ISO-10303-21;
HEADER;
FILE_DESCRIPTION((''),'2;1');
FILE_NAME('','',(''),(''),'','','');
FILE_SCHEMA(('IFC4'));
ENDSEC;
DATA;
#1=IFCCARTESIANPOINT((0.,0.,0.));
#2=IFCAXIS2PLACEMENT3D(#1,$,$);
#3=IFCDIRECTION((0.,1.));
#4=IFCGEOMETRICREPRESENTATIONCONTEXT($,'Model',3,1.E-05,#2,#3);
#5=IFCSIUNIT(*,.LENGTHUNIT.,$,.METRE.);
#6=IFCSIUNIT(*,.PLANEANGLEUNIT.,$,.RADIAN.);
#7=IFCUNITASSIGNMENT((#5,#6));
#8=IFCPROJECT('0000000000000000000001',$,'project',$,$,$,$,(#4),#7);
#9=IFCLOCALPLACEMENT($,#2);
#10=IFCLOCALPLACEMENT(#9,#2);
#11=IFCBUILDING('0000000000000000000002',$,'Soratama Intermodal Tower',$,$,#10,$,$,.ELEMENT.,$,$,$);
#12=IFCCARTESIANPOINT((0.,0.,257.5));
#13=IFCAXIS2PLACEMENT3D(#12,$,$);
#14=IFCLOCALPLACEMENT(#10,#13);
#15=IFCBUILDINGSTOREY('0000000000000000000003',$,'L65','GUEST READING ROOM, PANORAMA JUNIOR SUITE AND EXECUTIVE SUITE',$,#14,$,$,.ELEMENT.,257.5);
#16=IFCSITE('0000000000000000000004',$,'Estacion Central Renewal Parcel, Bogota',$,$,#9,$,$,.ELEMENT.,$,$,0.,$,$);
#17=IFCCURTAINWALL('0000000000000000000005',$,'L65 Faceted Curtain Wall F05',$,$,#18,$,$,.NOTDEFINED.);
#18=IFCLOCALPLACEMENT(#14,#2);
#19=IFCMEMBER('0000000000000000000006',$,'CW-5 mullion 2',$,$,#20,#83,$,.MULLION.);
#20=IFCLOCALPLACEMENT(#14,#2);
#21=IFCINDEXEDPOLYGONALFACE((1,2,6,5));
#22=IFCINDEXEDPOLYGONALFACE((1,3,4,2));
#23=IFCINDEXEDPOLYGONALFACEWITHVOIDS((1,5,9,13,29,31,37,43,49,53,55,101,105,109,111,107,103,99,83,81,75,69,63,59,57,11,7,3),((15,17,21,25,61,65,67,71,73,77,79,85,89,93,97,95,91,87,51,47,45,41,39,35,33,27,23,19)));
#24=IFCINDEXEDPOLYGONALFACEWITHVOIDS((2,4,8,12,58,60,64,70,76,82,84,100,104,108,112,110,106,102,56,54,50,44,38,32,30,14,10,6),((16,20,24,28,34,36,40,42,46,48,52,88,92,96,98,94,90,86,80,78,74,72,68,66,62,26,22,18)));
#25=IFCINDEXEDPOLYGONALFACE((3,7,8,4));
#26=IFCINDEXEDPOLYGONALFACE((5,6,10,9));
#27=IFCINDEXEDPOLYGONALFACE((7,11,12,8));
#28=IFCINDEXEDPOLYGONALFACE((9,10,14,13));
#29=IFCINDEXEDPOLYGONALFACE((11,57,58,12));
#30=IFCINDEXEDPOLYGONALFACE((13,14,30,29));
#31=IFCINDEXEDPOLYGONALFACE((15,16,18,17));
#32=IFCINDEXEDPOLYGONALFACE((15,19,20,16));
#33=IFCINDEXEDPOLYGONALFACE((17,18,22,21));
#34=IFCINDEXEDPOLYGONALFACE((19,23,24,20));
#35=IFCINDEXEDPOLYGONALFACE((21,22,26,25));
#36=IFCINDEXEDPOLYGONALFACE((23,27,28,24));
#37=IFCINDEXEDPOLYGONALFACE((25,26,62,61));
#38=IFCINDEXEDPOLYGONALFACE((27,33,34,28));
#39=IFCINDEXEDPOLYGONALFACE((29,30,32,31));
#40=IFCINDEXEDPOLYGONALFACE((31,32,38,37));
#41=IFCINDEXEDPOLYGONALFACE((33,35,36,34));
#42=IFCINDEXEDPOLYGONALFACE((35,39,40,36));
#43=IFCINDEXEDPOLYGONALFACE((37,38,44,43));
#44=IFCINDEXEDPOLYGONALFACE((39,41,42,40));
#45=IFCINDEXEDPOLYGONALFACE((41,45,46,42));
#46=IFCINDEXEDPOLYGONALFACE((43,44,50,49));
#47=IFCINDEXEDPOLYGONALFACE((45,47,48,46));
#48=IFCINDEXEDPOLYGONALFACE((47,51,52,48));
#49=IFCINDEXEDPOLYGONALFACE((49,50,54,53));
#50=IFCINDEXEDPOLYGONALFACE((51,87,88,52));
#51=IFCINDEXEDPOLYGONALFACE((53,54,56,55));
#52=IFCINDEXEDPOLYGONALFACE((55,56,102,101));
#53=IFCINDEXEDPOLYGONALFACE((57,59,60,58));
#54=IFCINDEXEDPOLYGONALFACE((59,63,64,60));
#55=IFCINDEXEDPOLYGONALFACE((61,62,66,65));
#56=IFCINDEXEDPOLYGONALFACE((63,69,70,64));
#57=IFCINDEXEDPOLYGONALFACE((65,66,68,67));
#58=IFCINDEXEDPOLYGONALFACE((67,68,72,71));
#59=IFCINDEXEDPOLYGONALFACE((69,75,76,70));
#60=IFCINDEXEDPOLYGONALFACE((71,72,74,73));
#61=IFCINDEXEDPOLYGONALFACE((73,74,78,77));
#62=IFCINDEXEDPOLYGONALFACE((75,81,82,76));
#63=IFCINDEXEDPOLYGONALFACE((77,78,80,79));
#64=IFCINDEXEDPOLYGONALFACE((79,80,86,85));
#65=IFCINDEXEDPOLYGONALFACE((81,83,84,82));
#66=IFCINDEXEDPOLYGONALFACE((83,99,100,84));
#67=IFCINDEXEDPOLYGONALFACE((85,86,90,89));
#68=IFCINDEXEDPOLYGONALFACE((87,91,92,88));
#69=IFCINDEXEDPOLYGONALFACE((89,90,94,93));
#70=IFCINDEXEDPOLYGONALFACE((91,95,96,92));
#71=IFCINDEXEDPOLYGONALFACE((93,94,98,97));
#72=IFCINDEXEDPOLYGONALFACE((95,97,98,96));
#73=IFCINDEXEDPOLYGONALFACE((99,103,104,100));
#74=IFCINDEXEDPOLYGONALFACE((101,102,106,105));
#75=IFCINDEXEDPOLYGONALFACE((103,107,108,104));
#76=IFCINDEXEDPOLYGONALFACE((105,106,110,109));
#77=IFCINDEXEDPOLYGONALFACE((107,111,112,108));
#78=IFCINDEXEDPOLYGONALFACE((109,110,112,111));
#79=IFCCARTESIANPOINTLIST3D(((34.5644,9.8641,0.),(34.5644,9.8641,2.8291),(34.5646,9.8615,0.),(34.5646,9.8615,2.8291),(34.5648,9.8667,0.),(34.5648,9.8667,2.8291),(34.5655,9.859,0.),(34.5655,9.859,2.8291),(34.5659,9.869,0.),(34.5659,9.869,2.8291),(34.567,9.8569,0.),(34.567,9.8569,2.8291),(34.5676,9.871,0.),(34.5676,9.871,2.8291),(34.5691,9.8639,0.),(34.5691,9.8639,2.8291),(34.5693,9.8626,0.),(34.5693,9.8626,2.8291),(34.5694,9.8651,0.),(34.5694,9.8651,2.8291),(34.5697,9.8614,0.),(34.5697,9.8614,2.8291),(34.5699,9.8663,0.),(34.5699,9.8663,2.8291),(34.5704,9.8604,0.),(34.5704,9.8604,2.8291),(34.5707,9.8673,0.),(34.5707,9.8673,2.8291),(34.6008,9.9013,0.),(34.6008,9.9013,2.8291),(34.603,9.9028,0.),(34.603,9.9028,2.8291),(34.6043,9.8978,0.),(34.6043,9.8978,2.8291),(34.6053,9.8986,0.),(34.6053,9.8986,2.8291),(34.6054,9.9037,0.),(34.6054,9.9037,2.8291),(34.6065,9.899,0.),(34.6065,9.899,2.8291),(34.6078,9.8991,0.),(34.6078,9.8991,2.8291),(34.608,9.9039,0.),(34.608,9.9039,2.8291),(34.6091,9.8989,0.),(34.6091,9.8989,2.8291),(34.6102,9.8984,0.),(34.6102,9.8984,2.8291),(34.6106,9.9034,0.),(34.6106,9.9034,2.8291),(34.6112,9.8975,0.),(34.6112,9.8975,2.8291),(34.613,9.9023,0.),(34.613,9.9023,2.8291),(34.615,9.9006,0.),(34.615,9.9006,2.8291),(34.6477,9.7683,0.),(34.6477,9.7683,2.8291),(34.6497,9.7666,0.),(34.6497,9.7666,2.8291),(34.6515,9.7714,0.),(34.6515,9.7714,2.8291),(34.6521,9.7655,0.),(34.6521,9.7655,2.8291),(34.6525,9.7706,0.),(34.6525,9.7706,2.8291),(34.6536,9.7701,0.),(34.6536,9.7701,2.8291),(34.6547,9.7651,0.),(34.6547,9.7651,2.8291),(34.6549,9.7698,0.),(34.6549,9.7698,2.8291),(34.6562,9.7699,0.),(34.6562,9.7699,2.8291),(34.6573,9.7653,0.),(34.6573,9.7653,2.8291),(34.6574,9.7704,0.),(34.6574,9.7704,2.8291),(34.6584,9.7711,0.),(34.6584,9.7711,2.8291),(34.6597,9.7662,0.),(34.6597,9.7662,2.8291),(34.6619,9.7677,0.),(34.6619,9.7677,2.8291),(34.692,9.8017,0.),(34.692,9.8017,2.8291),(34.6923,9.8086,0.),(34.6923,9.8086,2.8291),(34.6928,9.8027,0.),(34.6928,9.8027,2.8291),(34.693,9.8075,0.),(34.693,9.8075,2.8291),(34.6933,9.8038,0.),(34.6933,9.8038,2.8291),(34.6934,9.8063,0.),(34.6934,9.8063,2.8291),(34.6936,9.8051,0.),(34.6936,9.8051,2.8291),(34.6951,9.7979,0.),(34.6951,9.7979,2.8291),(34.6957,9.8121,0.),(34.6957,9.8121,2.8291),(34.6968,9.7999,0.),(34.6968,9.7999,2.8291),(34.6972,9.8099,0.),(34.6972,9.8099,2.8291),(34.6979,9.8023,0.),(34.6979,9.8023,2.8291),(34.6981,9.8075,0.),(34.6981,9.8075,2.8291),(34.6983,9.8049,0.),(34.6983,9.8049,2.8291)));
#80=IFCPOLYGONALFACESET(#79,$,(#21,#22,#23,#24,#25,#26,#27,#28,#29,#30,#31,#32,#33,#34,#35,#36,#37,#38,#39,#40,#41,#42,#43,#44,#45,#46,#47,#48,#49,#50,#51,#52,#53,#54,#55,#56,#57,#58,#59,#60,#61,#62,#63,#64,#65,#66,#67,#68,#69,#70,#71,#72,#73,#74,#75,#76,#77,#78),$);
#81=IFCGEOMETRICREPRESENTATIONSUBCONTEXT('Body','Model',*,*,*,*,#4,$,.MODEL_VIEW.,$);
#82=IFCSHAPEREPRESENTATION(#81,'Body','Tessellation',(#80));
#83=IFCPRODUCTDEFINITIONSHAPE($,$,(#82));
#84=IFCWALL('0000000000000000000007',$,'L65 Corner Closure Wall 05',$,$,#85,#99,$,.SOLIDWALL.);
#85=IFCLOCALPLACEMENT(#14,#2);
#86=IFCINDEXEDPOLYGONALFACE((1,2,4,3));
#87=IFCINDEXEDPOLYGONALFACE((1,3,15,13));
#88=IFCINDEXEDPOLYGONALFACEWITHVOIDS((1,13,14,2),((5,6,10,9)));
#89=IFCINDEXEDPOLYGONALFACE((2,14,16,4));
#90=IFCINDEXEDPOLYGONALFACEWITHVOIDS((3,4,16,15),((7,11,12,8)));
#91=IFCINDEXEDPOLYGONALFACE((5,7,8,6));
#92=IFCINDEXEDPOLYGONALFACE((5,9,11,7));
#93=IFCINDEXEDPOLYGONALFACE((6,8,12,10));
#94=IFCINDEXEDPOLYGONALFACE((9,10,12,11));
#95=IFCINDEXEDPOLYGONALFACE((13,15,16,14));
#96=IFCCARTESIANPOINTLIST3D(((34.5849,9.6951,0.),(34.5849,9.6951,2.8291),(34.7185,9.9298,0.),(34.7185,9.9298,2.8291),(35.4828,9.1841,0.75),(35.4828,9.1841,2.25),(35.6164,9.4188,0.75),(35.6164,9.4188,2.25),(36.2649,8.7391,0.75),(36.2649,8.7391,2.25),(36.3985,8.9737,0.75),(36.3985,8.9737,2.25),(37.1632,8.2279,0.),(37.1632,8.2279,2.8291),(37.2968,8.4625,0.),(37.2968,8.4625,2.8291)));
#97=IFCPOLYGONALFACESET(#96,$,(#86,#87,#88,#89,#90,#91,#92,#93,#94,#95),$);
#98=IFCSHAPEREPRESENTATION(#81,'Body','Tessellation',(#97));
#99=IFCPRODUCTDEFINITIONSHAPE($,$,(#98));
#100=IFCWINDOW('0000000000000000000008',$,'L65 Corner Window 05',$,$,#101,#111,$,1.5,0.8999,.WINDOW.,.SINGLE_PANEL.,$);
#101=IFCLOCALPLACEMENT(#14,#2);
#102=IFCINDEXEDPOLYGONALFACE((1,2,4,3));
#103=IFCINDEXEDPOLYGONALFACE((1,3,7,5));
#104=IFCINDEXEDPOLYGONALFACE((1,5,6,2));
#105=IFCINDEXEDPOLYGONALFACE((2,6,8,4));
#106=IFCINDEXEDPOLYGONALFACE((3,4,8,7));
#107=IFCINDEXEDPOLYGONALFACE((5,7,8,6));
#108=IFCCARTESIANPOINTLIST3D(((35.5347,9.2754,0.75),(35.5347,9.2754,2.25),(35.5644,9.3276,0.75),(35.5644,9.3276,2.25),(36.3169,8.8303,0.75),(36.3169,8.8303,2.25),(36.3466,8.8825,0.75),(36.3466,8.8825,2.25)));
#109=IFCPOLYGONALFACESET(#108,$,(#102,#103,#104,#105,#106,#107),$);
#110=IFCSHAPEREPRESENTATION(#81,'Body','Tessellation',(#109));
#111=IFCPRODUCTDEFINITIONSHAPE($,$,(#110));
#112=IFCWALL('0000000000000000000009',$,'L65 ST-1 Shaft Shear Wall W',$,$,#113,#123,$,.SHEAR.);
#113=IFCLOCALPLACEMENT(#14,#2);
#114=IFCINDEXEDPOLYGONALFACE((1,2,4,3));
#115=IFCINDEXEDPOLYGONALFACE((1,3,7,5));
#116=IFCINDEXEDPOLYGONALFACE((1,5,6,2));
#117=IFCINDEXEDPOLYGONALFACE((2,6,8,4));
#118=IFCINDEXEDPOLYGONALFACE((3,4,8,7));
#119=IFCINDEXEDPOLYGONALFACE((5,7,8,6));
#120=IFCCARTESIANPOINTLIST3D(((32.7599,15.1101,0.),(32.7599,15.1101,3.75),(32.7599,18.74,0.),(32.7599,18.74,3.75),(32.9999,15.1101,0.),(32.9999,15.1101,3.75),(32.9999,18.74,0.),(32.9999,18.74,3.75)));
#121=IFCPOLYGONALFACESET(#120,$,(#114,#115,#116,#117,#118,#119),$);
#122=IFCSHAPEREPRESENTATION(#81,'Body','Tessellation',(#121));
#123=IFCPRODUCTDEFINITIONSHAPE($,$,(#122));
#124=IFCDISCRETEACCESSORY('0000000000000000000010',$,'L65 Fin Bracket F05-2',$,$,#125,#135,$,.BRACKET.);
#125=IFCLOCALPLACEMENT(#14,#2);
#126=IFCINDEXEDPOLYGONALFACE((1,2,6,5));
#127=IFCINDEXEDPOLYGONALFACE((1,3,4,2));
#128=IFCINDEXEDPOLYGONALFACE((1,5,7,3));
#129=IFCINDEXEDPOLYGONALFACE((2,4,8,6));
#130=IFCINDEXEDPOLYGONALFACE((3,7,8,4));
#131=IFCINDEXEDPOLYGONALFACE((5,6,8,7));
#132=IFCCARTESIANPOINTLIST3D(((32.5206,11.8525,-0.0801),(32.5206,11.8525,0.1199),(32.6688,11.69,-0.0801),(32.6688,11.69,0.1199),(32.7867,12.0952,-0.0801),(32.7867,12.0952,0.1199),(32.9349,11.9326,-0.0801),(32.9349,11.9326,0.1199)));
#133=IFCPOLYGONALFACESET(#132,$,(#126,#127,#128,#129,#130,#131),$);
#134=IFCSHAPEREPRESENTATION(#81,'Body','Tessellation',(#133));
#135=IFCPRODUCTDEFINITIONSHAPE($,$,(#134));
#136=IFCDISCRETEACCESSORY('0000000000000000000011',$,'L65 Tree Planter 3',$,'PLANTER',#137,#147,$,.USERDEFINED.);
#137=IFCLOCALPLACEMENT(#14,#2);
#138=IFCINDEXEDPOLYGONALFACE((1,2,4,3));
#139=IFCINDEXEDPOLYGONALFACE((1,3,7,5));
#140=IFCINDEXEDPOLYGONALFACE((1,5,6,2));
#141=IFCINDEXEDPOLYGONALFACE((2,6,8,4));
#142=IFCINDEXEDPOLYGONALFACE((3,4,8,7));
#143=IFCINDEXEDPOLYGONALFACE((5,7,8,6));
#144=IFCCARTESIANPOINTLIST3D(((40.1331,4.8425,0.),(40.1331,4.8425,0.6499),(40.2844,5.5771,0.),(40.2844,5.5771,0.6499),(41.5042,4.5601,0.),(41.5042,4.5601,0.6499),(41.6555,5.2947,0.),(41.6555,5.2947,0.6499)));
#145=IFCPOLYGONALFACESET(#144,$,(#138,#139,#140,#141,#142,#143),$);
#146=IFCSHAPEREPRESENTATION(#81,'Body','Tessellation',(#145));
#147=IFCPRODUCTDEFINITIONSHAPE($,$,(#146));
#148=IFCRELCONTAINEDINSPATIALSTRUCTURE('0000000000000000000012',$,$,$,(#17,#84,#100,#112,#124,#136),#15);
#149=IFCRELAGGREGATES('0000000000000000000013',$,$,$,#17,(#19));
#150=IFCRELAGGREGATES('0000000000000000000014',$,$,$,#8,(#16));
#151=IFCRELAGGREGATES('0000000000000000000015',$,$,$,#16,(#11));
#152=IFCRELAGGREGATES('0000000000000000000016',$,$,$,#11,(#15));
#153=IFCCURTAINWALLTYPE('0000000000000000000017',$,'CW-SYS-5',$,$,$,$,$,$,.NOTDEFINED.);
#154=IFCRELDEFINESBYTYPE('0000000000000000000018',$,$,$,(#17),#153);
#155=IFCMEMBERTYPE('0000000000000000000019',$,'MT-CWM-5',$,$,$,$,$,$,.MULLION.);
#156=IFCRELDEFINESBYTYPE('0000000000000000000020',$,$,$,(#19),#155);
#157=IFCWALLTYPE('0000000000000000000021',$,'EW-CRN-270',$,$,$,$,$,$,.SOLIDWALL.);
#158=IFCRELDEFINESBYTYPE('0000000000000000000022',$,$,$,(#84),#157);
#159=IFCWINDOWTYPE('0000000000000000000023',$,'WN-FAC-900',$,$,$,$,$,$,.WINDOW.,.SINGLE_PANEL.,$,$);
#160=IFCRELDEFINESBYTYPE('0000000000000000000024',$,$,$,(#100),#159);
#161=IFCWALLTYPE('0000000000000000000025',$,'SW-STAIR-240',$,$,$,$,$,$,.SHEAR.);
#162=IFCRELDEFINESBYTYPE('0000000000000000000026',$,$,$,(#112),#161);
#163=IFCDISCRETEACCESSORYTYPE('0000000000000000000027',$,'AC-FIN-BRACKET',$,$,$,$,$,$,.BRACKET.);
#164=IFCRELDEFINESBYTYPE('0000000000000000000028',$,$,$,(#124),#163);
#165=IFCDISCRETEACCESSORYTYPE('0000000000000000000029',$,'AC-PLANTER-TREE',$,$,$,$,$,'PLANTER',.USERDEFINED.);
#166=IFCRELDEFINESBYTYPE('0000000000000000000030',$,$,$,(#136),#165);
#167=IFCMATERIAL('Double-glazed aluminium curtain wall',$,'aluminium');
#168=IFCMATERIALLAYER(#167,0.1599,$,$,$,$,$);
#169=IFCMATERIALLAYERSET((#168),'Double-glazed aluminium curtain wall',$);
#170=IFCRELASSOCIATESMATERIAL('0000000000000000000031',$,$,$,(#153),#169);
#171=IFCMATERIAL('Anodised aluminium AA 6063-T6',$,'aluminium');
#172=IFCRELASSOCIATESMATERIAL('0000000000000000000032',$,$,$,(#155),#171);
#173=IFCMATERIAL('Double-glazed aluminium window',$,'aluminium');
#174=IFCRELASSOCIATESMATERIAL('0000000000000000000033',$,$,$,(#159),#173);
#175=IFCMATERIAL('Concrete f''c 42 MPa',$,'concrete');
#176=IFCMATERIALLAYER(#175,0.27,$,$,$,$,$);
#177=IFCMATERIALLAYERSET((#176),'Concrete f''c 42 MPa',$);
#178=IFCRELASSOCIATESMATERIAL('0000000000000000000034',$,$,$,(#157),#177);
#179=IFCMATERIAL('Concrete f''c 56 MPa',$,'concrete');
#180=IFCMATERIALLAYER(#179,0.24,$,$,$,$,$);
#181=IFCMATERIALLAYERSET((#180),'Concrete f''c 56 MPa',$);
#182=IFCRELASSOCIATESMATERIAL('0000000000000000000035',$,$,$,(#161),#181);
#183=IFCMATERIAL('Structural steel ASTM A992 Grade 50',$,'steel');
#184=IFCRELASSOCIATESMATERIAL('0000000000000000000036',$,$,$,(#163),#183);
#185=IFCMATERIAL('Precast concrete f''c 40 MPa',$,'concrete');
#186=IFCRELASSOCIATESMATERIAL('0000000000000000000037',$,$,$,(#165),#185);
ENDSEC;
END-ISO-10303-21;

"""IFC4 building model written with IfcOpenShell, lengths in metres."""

from ifc_helpers import new_model, si_unit, direction, frame, frame_2d, origin, origin_2d, place, context, subcontext, project, spatial, rectangle, hollow_rectangle, extrude, material, layer, layer_set, material_profile, profile_set, type_object, element, fill, aggregate, save


model = new_model("IFC4")

# Units and contexts
model_context = context("Model", 3, precision=1e-05, world=origin(), true_north=direction((0.0, 1.0)))
body_context = subcontext(model_context, "Body", "Model", "MODEL_VIEW")
ifc_project = project(units=[si_unit("LENGTHUNIT", "METRE"), si_unit("PLANEANGLEUNIT", "RADIAN")], contexts=[model_context])

# Site, building, storey
site_placement = place(None, origin())
site = spatial("IfcSite", under=ifc_project, at=site_placement, Name="Estacion Central Renewal Parcel, Bogota", CompositionType="ELEMENT", RefElevation=0.0)
building_placement = place(site_placement, origin())
building = spatial("IfcBuilding", under=site, at=building_placement, Name="Soratama Intermodal Tower", CompositionType="ELEMENT")
storey_placement = place(building_placement, frame((0.0, 0.0, 257.5)))
storey = spatial("IfcBuildingStorey", under=building, at=storey_placement, Name="L65", Description="GUEST READING ROOM, PANORAMA JUNIOR SUITE AND EXECUTIVE SUITE", CompositionType="ELEMENT", Elevation=257.5)

# Curtain wall, member
ifc_material_1 = material(Name="Double-glazed aluminium curtain wall", Category="aluminium")
ifc_layer_1 = layer(ifc_material_1, 0.1599)
ifc_layer_set_1 = layer_set([ifc_layer_1], Name="Double-glazed aluminium curtain wall")
curtain_wall_type = type_object("IfcCurtainWallType", Name="CW-SYS-5", PredefinedType="NOTDEFINED", material=ifc_layer_set_1)
curtain_wall_placement = place(storey_placement, origin())
curtain_wall = element("IfcCurtainWall", 1, at=curtain_wall_placement, inside=storey, type_object=curtain_wall_type, Name="L65 Faceted Curtain Wall F05", PredefinedType="NOTDEFINED")
ifc_material_2 = material(Name="Anodised aluminium AA 6063-T6", Category="aluminium")
ifc_material_profile_1 = material_profile(ifc_material_2, hollow_rectangle(XDim=0.0649, YDim=0.1399, WallThickness=0.0049, InnerFilletRadius=0.0049, OuterFilletRadius=0.01, at=origin_2d()), Name="CWM140X65X5")
ifc_profile_set_1 = profile_set([ifc_material_profile_1], Name="Anodised aluminium AA 6063-T6")
member_type = type_object("IfcMemberType", Name="MT-CWM-5", PredefinedType="MULLION", material=ifc_profile_set_1)
member_placement = place(storey_placement, frame((34.6313, 9.8345, 0.0), z_axis=(0.0, 0.0, 1.0), x_axis=(0.738933, 0.673779, 0.0)))
member = element("IfcMember", 2, at=member_placement, type_object=member_type, Name="CW-5 mullion 2", PredefinedType="MULLION", context=body_context, shape_type="SweptSolid", body=[
    extrude(hollow_rectangle(XDim=0.0649, YDim=0.1399, WallThickness=0.0049, InnerFilletRadius=0.0049, OuterFilletRadius=0.01, at=origin_2d()), origin(), (0.0, 0.0, 1.0), 2.8291),
])
aggregate(curtain_wall, [member])

# Shared definitions
ifc_material_3 = material(Name="Double-glazed aluminium window", Category="aluminium")
window_type_1 = type_object("IfcWindowType", Name="WN-FAC-900", PartitioningType="SINGLE_PANEL", PredefinedType="WINDOW", material=ifc_material_3)

# Wall, opening, window
ifc_material_4 = material(Name="Concrete f'c 42 MPa", Category="concrete")
ifc_layer_2 = layer(ifc_material_4, 0.27)
ifc_layer_set_2 = layer_set([ifc_layer_2], Name="Concrete f'c 42 MPa")
wall_type_1 = type_object("IfcWallType", Name="EW-CRN-270", PredefinedType="SOLIDWALL", material=ifc_layer_set_2)
wall_1_placement = place(storey_placement, frame((34.6516, 9.8125, 0.0), z_axis=(0.0, 0.0, 1.0), x_axis=(0.869123, -0.494596, 0.0)))
wall_1 = element("IfcWall", 3, at=wall_1_placement, inside=storey, type_object=wall_type_1, Name="L65 Corner Closure Wall 05", PredefinedType="SOLIDWALL", context=body_context, shape_type="SweptSolid", body=[
    extrude(rectangle(XDim=2.9666, YDim=0.27, at=frame_2d((1.4834, 0.0))), origin(), (0.0, 0.0, 1.0), 2.8291),
])
opening_1_placement = place(wall_1_placement, frame((1.0332, 0.0, 0.75)))
opening_1 = element("IfcOpeningElement", 4, at=opening_1_placement, cuts=wall_1, PredefinedType="OPENING", context=body_context, shape_type="SweptSolid", body=[
    extrude(rectangle(XDim=0.8999, YDim=1.5, at=frame_2d((0.45, 0.75))), frame((0.0, 0.145, 0.0), z_axis=(0.0, -1.0, 0.0), x_axis=(1.0, 0.0, 0.0)), (0.0, 0.0, 1.0), 0.29),
])
window_1_placement = place(opening_1_placement, origin())
window_1 = element("IfcWindow", 5, at=window_1_placement, inside=storey, type_object=window_type_1, Name="L65 Corner Window 05", OverallHeight=1.5, OverallWidth=0.8999, PartitioningType="SINGLE_PANEL", PredefinedType="WINDOW", context=body_context, shape_type="SweptSolid", body=[
    extrude(rectangle(XDim=0.8999, YDim=1.5, at=frame_2d((0.45, 0.75))), frame((0.0, 0.03, 0.0), z_axis=(0.0, -1.0, 0.0), x_axis=(1.0, 0.0, 0.0)), (0.0, 0.0, 1.0), 0.0601),
])
fill(opening_1, window_1)

# Wall
ifc_material_5 = material(Name="Concrete f'c 56 MPa", Category="concrete")
ifc_layer_3 = layer(ifc_material_5, 0.24)
ifc_layer_set_3 = layer_set([ifc_layer_3], Name="Concrete f'c 56 MPa")
wall_type_2 = type_object("IfcWallType", Name="SW-STAIR-240", PredefinedType="SHEAR", material=ifc_layer_set_3)
wall_2_placement = place(storey_placement, frame((32.8799, 15.1101, 0.0), z_axis=(0.0, 0.0, 1.0), x_axis=(0.0, 1.0, 0.0)))
element("IfcWall", 6, at=wall_2_placement, inside=storey, type_object=wall_type_2, Name="L65 ST-1 Shaft Shear Wall W", PredefinedType="SHEAR", context=body_context, shape_type="SweptSolid", body=[
    extrude(rectangle(XDim=3.6299, YDim=0.24, at=frame_2d((1.8149, 0.0))), origin(), (0.0, 0.0, 1.0), 3.75),
])

# Discrete accessories
ifc_material_6 = material(Name="Structural steel ASTM A992 Grade 50", Category="steel")
discrete_accessory_type_1 = type_object("IfcDiscreteAccessoryType", Name="AC-FIN-BRACKET", PredefinedType="BRACKET", material=ifc_material_6)
discrete_accessory_1_placement = place(storey_placement, frame((32.7278, 11.8926, -0.0801), z_axis=(0.0, 0.0, 1.0), x_axis=(-0.738926, -0.673787, 0.0)))
element("IfcDiscreteAccessory", 7, at=discrete_accessory_1_placement, inside=storey, type_object=discrete_accessory_type_1, Name="L65 Fin Bracket F05-2", PredefinedType="BRACKET", context=body_context, shape_type="SweptSolid", body=[
    extrude(rectangle(XDim=0.3601, YDim=0.22, at=origin_2d()), origin(), (0.0, 0.0, 1.0), 0.2),
])
ifc_material_7 = material(Name="Precast concrete f'c 40 MPa", Category="concrete")
discrete_accessory_type_2 = type_object("IfcDiscreteAccessoryType", Name="AC-PLANTER-TREE", ElementType="PLANTER", PredefinedType="USERDEFINED", material=ifc_material_7)
discrete_accessory_2_placement = place(storey_placement, frame((40.8943, 5.0686, 0.0), z_axis=(0.0, 0.0, 1.0), x_axis=(-0.201762, -0.979435, 0.0)))
element("IfcDiscreteAccessory", 8, at=discrete_accessory_2_placement, inside=storey, type_object=discrete_accessory_type_2, Name="L65 Tree Planter 3", ObjectType="PLANTER", PredefinedType="USERDEFINED", context=body_context, shape_type="SweptSolid", body=[
    extrude(rectangle(XDim=0.75, YDim=1.3999, at=origin_2d()), origin(), (0.0, 0.0, 1.0), 0.6499),
])

save(model, "model.ifc")
